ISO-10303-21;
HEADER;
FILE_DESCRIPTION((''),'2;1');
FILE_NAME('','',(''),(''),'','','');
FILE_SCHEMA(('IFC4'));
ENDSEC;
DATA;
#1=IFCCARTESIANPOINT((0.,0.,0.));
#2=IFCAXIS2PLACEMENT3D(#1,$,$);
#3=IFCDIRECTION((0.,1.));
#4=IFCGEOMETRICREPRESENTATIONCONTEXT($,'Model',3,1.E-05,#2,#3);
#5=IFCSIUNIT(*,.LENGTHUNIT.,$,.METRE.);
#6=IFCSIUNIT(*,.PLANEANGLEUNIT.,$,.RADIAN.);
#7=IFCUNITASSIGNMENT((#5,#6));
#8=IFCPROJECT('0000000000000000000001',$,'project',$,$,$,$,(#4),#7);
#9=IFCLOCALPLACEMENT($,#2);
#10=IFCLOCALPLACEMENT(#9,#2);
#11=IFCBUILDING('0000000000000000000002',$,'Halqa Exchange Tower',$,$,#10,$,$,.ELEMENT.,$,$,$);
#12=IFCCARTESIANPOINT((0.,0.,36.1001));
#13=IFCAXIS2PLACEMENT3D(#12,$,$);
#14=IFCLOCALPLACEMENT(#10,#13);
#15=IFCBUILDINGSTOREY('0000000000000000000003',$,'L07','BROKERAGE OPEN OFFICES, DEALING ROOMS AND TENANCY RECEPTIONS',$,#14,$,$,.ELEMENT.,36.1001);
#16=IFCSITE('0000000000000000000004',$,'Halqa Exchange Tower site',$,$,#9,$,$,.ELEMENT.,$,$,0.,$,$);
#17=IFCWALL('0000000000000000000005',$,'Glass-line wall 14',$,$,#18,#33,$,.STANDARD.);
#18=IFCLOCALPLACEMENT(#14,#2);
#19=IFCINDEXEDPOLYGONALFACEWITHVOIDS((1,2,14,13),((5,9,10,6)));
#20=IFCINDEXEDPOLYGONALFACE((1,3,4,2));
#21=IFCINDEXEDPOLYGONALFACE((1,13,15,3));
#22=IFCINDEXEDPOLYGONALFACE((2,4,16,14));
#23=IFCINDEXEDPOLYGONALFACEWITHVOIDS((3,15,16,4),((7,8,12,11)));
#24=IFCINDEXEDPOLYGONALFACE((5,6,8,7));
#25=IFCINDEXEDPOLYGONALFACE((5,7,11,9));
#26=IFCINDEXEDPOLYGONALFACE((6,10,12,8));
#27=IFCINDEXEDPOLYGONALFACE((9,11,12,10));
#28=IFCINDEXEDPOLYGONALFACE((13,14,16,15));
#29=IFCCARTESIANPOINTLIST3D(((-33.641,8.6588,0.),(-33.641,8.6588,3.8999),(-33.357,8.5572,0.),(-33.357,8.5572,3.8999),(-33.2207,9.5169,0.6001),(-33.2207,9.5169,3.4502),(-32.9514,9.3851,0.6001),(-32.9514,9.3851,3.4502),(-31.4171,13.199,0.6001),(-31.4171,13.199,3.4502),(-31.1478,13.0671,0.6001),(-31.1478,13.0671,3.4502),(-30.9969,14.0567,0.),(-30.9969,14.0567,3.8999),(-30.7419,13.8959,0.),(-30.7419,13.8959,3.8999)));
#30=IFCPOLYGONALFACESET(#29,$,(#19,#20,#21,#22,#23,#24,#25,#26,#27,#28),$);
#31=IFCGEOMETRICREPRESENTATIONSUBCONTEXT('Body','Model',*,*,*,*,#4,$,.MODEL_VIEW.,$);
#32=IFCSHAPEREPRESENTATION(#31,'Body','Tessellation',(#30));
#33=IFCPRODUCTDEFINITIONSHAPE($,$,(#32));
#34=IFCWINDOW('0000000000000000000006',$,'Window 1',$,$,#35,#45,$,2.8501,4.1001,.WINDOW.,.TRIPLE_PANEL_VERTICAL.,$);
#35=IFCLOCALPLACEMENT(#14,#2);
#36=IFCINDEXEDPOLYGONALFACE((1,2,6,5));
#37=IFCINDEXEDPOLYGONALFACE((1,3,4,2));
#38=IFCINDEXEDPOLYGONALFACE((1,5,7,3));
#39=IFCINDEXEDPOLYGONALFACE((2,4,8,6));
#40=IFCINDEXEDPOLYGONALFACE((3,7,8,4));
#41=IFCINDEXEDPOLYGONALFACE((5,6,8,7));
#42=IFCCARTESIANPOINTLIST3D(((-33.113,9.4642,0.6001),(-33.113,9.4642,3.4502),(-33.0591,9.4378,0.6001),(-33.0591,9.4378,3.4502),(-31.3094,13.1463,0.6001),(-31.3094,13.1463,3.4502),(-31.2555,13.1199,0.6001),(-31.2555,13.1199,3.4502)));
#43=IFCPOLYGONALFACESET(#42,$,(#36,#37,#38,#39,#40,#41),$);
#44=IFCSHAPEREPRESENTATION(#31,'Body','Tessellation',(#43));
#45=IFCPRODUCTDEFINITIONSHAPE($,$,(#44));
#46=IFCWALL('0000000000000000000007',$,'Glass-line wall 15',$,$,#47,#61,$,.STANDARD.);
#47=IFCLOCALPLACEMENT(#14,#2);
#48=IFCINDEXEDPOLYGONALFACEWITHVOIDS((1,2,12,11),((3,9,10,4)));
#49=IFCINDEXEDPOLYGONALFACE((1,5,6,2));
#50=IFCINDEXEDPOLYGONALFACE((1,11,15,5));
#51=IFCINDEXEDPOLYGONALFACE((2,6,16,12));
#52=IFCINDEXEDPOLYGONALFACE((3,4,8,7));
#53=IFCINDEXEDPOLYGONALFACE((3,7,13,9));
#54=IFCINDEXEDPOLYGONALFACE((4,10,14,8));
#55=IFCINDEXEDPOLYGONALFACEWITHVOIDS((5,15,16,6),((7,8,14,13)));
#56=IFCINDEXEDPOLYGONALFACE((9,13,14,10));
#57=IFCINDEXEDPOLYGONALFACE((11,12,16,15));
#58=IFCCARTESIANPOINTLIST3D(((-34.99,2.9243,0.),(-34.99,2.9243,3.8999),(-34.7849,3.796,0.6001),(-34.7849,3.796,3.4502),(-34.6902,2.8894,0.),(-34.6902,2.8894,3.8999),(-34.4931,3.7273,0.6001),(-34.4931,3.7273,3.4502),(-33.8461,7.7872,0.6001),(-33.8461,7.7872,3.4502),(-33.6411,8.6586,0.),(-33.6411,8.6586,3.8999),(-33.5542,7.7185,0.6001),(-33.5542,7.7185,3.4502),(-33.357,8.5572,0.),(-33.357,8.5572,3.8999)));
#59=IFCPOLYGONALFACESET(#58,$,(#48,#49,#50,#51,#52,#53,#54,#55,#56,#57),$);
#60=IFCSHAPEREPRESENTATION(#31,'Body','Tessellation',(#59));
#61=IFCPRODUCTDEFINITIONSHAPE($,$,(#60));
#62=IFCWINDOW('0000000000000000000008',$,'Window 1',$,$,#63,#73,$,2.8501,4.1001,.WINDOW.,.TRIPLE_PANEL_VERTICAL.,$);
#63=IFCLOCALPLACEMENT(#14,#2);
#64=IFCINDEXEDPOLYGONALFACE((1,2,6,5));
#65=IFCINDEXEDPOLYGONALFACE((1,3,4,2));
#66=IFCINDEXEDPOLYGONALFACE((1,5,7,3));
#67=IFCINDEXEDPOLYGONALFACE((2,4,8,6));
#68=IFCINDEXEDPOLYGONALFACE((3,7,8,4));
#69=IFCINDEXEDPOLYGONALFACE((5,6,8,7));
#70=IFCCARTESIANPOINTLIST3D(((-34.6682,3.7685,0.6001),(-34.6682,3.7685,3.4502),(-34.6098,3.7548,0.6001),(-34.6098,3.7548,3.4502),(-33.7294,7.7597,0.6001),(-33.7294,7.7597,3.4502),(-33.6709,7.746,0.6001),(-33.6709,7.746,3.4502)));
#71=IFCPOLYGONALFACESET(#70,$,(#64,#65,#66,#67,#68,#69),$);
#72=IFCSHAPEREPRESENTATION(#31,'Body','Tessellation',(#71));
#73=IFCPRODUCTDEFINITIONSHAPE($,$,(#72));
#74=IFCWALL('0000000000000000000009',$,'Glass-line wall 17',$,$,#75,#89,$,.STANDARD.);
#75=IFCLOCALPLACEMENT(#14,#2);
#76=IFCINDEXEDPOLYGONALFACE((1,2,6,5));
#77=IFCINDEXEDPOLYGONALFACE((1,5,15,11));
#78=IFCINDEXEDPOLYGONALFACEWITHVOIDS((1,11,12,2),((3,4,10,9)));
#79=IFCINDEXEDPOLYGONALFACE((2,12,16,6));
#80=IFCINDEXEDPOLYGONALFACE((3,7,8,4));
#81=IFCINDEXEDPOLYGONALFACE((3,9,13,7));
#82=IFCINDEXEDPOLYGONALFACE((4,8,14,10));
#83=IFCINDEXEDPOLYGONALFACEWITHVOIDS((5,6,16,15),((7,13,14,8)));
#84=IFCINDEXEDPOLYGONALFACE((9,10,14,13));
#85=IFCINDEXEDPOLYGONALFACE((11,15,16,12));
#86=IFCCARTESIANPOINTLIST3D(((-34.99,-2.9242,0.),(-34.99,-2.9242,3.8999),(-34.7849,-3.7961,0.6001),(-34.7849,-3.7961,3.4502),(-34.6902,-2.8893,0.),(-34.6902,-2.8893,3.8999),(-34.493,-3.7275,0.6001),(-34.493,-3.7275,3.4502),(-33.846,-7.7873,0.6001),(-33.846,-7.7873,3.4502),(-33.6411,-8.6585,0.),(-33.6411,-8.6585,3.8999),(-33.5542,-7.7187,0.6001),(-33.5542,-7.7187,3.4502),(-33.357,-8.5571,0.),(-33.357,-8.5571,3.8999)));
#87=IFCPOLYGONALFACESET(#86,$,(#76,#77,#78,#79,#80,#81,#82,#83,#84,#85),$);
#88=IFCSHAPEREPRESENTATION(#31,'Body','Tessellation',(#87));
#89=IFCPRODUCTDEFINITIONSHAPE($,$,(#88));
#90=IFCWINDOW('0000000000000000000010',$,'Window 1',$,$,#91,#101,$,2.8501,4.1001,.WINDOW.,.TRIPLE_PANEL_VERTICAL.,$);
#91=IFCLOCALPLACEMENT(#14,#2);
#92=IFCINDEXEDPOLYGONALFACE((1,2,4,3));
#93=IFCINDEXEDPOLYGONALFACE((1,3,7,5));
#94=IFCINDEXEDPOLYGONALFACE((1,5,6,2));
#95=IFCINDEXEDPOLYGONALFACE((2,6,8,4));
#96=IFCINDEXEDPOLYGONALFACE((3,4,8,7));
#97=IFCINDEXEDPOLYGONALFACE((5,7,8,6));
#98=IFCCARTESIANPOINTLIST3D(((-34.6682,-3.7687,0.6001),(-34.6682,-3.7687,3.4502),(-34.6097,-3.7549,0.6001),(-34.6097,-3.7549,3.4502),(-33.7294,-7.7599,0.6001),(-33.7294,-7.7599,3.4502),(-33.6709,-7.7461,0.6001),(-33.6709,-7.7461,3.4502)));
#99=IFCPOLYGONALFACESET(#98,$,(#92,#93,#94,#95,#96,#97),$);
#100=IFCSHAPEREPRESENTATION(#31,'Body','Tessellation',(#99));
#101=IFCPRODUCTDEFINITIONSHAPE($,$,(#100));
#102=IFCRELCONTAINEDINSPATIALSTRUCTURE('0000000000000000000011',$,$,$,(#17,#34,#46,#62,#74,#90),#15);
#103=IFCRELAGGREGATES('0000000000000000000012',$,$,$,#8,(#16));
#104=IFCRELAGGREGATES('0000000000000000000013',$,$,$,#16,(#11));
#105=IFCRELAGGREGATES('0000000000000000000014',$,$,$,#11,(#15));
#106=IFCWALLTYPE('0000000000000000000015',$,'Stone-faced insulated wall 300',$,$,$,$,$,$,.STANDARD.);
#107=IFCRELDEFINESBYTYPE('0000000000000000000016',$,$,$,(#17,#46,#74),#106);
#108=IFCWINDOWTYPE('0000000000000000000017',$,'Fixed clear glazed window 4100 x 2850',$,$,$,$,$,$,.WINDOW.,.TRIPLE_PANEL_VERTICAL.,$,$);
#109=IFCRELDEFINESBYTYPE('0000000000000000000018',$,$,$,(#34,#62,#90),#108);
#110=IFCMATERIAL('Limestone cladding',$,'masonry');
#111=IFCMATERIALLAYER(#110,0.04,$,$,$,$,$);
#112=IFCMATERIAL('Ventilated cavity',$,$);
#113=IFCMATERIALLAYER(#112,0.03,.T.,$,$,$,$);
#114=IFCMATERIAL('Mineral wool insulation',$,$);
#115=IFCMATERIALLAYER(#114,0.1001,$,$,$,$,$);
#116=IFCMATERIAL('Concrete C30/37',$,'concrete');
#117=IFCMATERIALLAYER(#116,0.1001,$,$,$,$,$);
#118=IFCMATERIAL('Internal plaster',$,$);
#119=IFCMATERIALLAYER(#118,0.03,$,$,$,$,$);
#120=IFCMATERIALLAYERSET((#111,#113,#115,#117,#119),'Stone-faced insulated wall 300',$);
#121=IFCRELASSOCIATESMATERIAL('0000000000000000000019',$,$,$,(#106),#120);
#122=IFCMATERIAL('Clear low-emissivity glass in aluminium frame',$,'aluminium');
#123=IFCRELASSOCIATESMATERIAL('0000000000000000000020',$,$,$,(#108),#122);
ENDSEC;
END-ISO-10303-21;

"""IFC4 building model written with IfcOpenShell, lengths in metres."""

from ifc_helpers import new_model, si_unit, direction, frame, frame_2d, origin, place, context, subcontext, project, spatial, polyline, rectangle, outline, extrude, material, layer, layer_set, type_object, element, fill, save


model = new_model("IFC4")

# Units and contexts
model_context = context("Model", 3, precision=1e-05, world=origin(), true_north=direction((0.0, 1.0)))
body_context = subcontext(model_context, "Body", "Model", "MODEL_VIEW")
ifc_project = project(units=[si_unit("LENGTHUNIT", "METRE"), si_unit("PLANEANGLEUNIT", "RADIAN")], contexts=[model_context])

# Site, building, storey
site_placement = place(None, origin())
site = spatial("IfcSite", under=ifc_project, at=site_placement, Name="Halqa Exchange Tower site", CompositionType="ELEMENT", RefElevation=0.0)
building_placement = place(site_placement, origin())
building = spatial("IfcBuilding", under=site, at=building_placement, Name="Halqa Exchange Tower", CompositionType="ELEMENT")
storey_placement = place(building_placement, frame((0.0, 0.0, 36.1001)))
storey = spatial("IfcBuildingStorey", under=building, at=storey_placement, Name="L07", Description="BROKERAGE OPEN OFFICES, DEALING ROOMS AND TENANCY RECEPTIONS", CompositionType="ELEMENT", Elevation=36.1001)

# Walls, openings, windows
ifc_material_1 = material(Name="Limestone cladding", Category="masonry")
ifc_layer_1 = layer(ifc_material_1, 0.04)
ifc_material_2 = material(Name="Ventilated cavity")
ifc_layer_2 = layer(ifc_material_2, 0.03, ventilated=True)
ifc_material_3 = material(Name="Mineral wool insulation")
ifc_layer_3 = layer(ifc_material_3, 0.1001)
ifc_material_4 = material(Name="Concrete C30/37", Category="concrete")
ifc_layer_4 = layer(ifc_material_4, 0.1001)
ifc_material_5 = material(Name="Internal plaster")
ifc_layer_5 = layer(ifc_material_5, 0.03)
ifc_layer_set_1 = layer_set([ifc_layer_1, ifc_layer_2, ifc_layer_3, ifc_layer_4, ifc_layer_5], Name="Stone-faced insulated wall 300")
wall_type_1 = type_object("IfcWallType", Name="Stone-faced insulated wall 300", PredefinedType="STANDARD", material=ifc_layer_set_1)
wall_1_placement = place(storey_placement, frame((-30.8694, 13.9763, 0.0), z_axis=(0.0, 0.0, 1.0), x_axis=(-0.439896, -0.898049, 0.0)))
wall_1 = element("IfcWall", 1, at=wall_1_placement, inside=storey, type_object=wall_type_1, Name="Glass-line wall 14", PredefinedType="STANDARD", context=body_context, shape_type="SweptSolid", body=[
    extrude(outline(polyline([(-0.0161, -0.1499), (5.9946, -0.1499), (5.9609, 0.1499), (0.0161, 0.1499), (-0.0161, -0.1499)])), origin(), (0.0, 0.0, 1.0), 3.8999),
])
opening_1_placement = place(wall_1_placement, frame((0.939, 0.0, 0.6001)))
opening_1 = element("IfcOpeningElement", 2, at=opening_1_placement, cuts=wall_1, PredefinedType="OPENING", context=body_context, shape_type="SweptSolid", body=[
    extrude(rectangle(XDim=4.1001, YDim=2.8501, at=frame_2d((2.05, 1.425))), frame((0.0, 0.1621, 0.0), z_axis=(0.0, -1.0, 0.0), x_axis=(1.0, 0.0, 0.0)), (0.0, 0.0, 1.0), 0.324),
])
ifc_material_6 = material(Name="Clear low-emissivity glass in aluminium frame", Category="aluminium")
window_type = type_object("IfcWindowType", Name="Fixed clear glazed window 4100 x 2850", PartitioningType="TRIPLE_PANEL_VERTICAL", PredefinedType="WINDOW", material=ifc_material_6)
window_1_placement = place(opening_1_placement, origin())
window_1 = element("IfcWindow", 3, at=window_1_placement, inside=storey, type_object=window_type, Name="Window 1", OverallHeight=2.8501, OverallWidth=4.1001, PartitioningType="TRIPLE_PANEL_VERTICAL", PredefinedType="WINDOW", context=body_context, shape_type="SweptSolid", body=[
    extrude(rectangle(XDim=4.1001, YDim=2.8501, at=frame_2d((2.05, 1.425))), frame((0.0, 0.03, 0.0), z_axis=(0.0, -1.0, 0.0), x_axis=(1.0, 0.0, 0.0)), (0.0, 0.0, 1.0), 0.0601),
])
fill(opening_1, window_1)
wall_2_placement = place(storey_placement, frame((-33.499, 8.6079, 0.0), z_axis=(0.0, 0.0, 1.0), x_axis=(-0.228977, -0.973432, 0.0)))
wall_2 = element("IfcWall", 4, at=wall_2_placement, inside=storey, type_object=wall_type_1, Name="Glass-line wall 15", PredefinedType="STANDARD", context=body_context, shape_type="SweptSolid", body=[
    extrude(outline(polyline([(-0.0168, -0.1499), (5.874, -0.1499), (5.8394, 0.1499), (0.0168, 0.1499), (-0.0168, -0.1499)])), origin(), (0.0, 0.0, 1.0), 3.8999),
])
opening_2_placement = place(wall_2_placement, frame((0.8784, 0.0, 0.6001)))
opening_2 = element("IfcOpeningElement", 5, at=opening_2_placement, cuts=wall_2, PredefinedType="OPENING", context=body_context, shape_type="SweptSolid", body=[
    extrude(rectangle(XDim=4.1001, YDim=2.8501, at=frame_2d((2.05, 1.425))), frame((0.0, 0.1621, 0.0), z_axis=(0.0, -1.0, 0.0), x_axis=(1.0, 0.0, 0.0)), (0.0, 0.0, 1.0), 0.324),
])
window_2_placement = place(opening_2_placement, origin())
window_2 = element("IfcWindow", 6, at=window_2_placement, inside=storey, type_object=window_type, Name="Window 1", OverallHeight=2.8501, OverallWidth=4.1001, PartitioningType="TRIPLE_PANEL_VERTICAL", PredefinedType="WINDOW", context=body_context, shape_type="SweptSolid", body=[
    extrude(rectangle(XDim=4.1001, YDim=2.8501, at=frame_2d((2.05, 1.425))), frame((0.0, 0.03, 0.0), z_axis=(0.0, -1.0, 0.0), x_axis=(1.0, 0.0, 0.0)), (0.0, 0.0, 1.0), 0.0601),
])
fill(opening_2, window_2)

# Wall, opening, window
wall_3_placement = place(storey_placement, frame((-34.8401, -2.9067, 0.0), z_axis=(0.0, 0.0, 1.0), x_axis=(0.228977, -0.973432, 0.0)))
wall_3 = element("IfcWall", 7, at=wall_3_placement, inside=storey, type_object=wall_type_1, Name="Glass-line wall 17", PredefinedType="STANDARD", context=body_context, shape_type="SweptSolid", body=[
    extrude(outline(polyline([(-0.0173, -0.1499), (5.8735, -0.1499), (5.8398, 0.1499), (0.0173, 0.1499), (-0.0173, -0.1499)])), origin(), (0.0, 0.0, 1.0), 3.8999),
])
opening_3_placement = place(wall_3_placement, frame((0.8784, 0.0, 0.6001)))
opening_3 = element("IfcOpeningElement", 8, at=opening_3_placement, cuts=wall_3, PredefinedType="OPENING", context=body_context, shape_type="SweptSolid", body=[
    extrude(rectangle(XDim=4.1001, YDim=2.8501, at=frame_2d((2.05, 1.425))), frame((0.0, 0.1621, 0.0), z_axis=(0.0, -1.0, 0.0), x_axis=(1.0, 0.0, 0.0)), (0.0, 0.0, 1.0), 0.324),
])
window_3_placement = place(opening_3_placement, origin())
window_3 = element("IfcWindow", 9, at=window_3_placement, inside=storey, type_object=window_type, Name="Window 1", OverallHeight=2.8501, OverallWidth=4.1001, PartitioningType="TRIPLE_PANEL_VERTICAL", PredefinedType="WINDOW", context=body_context, shape_type="SweptSolid", body=[
    extrude(rectangle(XDim=4.1001, YDim=2.8501, at=frame_2d((2.05, 1.425))), frame((0.0, 0.03, 0.0), z_axis=(0.0, -1.0, 0.0), x_axis=(1.0, 0.0, 0.0)), (0.0, 0.0, 1.0), 0.0601),
])
fill(opening_3, window_3)

save(model, "model.ifc")
